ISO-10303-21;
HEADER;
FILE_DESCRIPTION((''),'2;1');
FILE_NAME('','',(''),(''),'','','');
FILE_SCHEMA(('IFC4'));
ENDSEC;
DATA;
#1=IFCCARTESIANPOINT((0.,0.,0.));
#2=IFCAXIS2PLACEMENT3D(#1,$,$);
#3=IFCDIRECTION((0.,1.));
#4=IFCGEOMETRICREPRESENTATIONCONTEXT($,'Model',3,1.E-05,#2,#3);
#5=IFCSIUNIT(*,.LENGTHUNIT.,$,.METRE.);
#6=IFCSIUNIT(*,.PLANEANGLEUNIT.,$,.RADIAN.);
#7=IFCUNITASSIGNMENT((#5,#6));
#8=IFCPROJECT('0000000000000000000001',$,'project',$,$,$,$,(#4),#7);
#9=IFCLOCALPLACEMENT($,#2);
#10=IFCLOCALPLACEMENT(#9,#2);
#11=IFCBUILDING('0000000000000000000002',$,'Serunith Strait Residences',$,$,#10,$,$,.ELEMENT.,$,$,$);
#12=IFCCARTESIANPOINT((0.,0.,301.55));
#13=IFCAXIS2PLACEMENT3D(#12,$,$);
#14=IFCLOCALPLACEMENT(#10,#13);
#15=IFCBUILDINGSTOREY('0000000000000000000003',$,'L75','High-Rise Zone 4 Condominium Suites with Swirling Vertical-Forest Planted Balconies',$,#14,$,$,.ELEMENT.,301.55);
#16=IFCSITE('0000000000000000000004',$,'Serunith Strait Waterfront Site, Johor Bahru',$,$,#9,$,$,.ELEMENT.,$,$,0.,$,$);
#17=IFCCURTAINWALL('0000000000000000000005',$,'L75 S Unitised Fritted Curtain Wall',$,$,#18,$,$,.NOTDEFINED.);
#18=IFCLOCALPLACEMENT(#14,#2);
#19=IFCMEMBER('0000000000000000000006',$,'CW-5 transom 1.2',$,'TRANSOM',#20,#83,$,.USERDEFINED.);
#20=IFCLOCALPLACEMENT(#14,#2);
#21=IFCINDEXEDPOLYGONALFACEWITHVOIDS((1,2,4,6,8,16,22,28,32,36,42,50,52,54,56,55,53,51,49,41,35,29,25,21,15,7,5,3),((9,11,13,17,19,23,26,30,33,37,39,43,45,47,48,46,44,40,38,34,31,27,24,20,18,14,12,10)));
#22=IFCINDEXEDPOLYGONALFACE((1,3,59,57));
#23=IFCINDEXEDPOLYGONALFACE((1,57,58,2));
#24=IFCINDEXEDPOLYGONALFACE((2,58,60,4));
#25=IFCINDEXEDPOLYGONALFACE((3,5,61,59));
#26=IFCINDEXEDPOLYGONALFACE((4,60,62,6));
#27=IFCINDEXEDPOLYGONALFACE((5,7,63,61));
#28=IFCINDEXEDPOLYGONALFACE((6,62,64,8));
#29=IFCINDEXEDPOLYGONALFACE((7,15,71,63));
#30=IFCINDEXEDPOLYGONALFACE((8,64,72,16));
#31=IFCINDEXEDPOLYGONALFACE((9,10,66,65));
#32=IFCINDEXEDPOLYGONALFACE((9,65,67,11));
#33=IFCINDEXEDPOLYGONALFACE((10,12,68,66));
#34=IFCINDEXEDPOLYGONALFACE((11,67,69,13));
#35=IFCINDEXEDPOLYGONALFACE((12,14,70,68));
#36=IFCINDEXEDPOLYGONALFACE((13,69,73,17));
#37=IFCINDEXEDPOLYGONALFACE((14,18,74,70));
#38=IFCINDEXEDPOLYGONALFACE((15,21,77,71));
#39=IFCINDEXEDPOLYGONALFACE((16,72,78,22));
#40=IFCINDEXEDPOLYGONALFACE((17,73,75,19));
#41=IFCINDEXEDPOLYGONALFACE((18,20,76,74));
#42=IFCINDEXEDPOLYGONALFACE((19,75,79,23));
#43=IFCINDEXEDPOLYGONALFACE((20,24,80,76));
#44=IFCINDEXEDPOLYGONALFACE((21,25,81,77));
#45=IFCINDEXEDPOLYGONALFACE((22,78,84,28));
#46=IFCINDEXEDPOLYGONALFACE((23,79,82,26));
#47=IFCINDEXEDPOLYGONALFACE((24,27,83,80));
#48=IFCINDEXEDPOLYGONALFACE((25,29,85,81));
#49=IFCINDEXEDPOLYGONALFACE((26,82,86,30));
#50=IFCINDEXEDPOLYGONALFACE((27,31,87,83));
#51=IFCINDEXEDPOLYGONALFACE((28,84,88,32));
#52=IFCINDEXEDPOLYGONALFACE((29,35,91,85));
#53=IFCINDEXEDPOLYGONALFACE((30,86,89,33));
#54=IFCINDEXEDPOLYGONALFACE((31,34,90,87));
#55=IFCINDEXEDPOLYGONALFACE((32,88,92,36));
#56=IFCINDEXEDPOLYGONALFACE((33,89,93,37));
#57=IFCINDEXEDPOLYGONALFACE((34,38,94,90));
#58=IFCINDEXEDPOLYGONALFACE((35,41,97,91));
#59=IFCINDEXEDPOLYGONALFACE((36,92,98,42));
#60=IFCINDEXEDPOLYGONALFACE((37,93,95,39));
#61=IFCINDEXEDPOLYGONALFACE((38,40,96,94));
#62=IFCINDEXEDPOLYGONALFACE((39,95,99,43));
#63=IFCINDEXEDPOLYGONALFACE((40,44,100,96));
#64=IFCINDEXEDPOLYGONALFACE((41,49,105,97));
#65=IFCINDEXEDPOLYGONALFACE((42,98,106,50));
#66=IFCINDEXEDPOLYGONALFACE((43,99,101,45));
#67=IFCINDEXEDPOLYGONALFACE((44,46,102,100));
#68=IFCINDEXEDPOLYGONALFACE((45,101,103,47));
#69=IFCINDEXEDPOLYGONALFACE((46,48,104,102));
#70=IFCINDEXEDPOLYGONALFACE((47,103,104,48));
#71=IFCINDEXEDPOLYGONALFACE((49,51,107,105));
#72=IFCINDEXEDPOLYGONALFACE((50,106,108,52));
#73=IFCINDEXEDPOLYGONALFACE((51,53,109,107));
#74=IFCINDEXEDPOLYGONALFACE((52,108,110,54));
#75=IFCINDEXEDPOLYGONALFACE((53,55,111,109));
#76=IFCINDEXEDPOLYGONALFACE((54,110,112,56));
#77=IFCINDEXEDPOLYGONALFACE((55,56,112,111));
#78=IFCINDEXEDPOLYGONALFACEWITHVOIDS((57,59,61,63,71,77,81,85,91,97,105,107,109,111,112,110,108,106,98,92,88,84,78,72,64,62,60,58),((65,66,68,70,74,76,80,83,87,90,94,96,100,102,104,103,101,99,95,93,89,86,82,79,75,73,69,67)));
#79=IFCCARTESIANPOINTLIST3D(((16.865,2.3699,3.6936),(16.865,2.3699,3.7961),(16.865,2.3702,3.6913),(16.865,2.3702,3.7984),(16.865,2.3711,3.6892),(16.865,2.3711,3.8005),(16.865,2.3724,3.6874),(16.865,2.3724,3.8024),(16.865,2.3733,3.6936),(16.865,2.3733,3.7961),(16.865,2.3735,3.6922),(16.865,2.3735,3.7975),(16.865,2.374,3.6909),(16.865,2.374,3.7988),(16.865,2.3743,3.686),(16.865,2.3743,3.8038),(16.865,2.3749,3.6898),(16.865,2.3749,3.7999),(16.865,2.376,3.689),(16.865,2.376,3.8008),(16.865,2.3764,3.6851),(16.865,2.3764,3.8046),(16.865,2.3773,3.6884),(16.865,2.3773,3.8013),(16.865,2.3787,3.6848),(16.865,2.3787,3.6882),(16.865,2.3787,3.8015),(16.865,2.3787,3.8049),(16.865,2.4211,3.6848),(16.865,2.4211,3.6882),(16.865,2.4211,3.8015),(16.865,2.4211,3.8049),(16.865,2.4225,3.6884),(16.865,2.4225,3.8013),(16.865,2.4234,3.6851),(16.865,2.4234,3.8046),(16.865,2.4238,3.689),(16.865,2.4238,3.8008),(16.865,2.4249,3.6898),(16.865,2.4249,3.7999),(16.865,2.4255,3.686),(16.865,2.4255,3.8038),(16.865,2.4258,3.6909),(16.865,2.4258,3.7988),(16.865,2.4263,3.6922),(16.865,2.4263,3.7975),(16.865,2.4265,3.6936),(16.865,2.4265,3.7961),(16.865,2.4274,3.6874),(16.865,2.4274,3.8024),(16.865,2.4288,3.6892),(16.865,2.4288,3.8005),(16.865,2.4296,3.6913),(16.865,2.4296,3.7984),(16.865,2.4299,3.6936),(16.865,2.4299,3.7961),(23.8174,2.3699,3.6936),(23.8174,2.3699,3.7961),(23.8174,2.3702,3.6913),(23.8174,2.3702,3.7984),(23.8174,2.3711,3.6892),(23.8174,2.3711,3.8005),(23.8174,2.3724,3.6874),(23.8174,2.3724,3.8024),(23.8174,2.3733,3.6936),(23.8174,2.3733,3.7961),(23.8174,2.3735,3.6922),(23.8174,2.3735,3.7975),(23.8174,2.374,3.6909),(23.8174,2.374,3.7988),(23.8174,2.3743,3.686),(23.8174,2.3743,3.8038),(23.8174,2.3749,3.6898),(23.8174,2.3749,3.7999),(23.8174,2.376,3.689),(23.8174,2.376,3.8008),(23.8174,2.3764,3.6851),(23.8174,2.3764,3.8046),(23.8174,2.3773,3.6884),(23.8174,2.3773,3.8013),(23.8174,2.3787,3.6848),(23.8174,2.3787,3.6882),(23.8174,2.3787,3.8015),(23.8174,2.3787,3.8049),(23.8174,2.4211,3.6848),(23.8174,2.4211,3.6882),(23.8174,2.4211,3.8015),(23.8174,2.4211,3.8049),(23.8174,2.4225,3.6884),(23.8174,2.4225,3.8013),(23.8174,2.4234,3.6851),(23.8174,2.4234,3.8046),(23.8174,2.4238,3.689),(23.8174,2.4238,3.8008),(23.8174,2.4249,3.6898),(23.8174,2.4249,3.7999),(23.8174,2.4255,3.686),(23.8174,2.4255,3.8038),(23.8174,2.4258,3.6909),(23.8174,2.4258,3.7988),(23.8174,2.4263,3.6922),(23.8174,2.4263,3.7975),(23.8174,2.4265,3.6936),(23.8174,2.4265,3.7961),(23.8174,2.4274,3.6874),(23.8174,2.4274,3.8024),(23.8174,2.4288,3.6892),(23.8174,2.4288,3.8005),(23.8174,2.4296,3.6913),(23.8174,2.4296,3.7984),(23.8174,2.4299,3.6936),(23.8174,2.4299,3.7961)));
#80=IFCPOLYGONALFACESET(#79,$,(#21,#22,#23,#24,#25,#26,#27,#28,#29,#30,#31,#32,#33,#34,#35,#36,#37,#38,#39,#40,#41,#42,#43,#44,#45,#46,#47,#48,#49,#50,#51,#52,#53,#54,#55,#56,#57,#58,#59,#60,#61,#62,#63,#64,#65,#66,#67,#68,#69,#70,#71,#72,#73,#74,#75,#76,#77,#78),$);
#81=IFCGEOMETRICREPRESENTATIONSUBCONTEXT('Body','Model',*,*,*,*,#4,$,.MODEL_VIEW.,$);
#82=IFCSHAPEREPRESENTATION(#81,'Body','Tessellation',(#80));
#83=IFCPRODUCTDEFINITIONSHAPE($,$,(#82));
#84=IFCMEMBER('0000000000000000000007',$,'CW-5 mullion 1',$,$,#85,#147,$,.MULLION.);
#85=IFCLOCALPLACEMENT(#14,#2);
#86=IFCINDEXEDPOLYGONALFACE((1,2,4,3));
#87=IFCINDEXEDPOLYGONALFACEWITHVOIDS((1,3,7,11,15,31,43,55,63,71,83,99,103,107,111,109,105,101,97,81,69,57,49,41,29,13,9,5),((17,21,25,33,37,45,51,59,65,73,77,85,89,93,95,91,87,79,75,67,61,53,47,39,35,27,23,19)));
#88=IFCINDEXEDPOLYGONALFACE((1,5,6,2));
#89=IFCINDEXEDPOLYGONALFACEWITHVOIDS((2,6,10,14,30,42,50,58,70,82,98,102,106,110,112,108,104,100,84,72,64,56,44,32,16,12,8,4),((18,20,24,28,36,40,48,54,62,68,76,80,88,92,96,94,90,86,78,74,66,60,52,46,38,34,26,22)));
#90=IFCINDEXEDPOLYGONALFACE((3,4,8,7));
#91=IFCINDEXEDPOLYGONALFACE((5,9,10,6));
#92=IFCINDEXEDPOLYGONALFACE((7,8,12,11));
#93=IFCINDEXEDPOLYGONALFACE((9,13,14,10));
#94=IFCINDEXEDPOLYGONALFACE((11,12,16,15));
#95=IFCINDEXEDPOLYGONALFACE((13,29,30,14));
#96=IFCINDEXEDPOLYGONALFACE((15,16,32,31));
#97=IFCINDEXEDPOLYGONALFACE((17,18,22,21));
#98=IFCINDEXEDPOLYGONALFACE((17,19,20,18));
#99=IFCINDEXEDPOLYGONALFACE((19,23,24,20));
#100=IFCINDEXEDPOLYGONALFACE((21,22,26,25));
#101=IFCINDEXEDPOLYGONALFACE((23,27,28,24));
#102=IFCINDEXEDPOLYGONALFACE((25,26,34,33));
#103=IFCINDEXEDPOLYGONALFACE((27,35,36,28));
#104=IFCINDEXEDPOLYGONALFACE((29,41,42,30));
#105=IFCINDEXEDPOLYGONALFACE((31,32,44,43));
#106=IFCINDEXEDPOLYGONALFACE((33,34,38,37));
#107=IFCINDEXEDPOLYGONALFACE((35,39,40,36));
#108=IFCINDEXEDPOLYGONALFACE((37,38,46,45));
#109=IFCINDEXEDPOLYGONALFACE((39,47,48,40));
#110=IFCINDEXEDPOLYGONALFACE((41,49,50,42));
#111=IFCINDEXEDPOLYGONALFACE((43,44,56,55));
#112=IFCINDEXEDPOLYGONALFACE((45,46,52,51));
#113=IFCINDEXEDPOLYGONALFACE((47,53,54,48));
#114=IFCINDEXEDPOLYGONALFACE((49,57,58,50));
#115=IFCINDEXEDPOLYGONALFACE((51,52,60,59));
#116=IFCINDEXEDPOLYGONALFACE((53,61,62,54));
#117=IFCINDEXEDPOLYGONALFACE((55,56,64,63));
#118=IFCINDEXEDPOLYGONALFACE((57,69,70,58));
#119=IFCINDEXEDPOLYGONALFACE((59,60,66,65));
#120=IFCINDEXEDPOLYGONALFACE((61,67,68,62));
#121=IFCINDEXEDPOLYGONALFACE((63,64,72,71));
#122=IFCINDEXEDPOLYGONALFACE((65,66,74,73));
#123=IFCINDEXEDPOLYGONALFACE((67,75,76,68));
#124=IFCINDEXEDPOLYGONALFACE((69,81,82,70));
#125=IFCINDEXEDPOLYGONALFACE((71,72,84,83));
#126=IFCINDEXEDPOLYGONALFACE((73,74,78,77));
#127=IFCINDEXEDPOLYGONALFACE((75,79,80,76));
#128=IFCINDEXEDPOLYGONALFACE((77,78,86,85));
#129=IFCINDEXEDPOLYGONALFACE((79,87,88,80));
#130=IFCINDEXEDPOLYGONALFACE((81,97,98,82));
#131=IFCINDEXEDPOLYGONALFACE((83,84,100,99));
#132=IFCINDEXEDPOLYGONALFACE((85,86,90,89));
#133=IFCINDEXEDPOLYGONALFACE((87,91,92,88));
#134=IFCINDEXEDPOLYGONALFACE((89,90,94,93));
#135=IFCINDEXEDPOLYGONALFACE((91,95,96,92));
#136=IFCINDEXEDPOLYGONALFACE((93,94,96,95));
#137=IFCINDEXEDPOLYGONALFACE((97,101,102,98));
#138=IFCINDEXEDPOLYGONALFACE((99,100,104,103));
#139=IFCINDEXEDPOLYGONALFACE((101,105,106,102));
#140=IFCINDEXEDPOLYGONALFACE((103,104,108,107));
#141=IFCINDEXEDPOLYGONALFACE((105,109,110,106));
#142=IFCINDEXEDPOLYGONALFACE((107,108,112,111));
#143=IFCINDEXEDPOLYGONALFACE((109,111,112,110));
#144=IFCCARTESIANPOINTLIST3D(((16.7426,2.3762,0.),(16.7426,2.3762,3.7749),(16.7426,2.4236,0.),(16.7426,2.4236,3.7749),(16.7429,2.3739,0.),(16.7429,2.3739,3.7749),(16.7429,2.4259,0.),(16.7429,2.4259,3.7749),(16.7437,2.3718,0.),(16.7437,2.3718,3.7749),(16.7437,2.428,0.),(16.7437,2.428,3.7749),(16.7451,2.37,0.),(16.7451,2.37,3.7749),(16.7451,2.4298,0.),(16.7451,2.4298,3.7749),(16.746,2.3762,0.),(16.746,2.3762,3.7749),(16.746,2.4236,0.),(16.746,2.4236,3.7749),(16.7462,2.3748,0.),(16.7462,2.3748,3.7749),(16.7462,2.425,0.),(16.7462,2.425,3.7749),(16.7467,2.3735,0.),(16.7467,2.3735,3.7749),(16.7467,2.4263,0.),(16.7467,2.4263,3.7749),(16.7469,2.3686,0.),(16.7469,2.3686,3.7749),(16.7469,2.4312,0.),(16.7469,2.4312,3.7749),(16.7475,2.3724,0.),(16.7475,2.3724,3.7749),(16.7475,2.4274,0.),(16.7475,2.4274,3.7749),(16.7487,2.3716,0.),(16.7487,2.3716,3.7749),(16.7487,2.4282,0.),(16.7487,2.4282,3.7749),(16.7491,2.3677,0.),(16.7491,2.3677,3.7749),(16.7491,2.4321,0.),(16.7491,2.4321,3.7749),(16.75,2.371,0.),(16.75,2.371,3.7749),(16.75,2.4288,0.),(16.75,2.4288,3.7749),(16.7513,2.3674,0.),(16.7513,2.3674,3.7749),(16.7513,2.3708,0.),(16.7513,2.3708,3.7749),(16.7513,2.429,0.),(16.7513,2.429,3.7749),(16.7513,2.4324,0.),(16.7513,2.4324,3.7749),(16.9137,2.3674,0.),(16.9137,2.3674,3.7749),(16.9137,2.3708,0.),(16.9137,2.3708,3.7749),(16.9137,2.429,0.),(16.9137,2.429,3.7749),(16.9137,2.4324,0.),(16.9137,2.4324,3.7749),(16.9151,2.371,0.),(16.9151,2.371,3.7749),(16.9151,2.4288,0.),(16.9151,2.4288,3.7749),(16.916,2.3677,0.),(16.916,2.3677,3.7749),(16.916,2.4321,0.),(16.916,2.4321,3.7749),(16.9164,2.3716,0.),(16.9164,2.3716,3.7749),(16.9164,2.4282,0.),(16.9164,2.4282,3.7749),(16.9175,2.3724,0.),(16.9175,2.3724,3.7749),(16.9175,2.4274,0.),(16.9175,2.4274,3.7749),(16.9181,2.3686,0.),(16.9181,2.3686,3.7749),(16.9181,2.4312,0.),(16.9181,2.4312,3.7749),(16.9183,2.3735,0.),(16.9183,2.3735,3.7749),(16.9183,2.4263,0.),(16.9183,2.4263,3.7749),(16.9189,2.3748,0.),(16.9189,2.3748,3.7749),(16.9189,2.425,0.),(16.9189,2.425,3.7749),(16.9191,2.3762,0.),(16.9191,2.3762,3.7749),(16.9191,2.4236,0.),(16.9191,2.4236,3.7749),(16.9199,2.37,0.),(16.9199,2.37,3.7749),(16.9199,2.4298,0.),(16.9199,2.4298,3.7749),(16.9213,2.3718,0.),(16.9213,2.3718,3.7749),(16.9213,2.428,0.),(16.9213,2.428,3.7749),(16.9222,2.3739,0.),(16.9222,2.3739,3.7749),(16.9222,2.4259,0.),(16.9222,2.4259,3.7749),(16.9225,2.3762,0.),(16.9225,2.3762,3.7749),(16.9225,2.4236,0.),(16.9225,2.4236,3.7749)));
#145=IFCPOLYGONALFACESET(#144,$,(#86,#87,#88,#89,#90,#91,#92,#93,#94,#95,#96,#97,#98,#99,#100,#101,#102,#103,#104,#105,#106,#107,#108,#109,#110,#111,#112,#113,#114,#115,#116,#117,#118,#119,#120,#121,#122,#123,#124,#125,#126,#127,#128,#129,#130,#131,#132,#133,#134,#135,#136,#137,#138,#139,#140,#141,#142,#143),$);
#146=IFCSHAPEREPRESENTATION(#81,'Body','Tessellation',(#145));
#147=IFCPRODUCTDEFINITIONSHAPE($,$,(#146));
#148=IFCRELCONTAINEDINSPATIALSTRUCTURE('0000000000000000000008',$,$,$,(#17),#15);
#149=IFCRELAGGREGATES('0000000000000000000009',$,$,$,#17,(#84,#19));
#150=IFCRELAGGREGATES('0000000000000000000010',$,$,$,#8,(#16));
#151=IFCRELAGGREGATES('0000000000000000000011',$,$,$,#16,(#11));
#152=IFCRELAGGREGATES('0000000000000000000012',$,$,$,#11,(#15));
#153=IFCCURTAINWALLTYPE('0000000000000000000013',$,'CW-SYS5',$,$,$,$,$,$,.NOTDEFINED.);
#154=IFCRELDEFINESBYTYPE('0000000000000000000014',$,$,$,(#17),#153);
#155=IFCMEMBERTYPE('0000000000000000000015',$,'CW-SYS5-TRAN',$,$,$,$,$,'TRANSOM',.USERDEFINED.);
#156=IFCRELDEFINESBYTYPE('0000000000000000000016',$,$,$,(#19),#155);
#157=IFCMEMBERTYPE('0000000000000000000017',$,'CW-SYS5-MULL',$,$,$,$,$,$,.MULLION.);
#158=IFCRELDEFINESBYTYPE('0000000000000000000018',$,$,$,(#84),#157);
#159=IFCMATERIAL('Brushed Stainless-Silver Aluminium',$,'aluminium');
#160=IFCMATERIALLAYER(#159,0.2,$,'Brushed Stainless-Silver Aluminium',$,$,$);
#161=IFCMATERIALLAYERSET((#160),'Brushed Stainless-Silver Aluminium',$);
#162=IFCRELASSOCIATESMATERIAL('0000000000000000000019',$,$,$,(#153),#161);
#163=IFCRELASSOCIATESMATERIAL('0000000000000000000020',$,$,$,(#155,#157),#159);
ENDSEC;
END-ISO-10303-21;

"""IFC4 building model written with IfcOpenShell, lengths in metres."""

from ifc_helpers import new_model, si_unit, direction, frame, origin, origin_2d, place, context, subcontext, project, spatial, hollow_rectangle, extrude, source, transform, mapped, material, layer, layer_set, material_profile, profile_set, type_object, element, aggregate, save


model = new_model("IFC4")

# Units and contexts
model_context = context("Model", 3, precision=1e-05, world=origin(), true_north=direction((0.0, 1.0)))
body_context = subcontext(model_context, "Body", "Model", "MODEL_VIEW")
ifc_project = project(units=[si_unit("LENGTHUNIT", "METRE"), si_unit("PLANEANGLEUNIT", "RADIAN")], contexts=[model_context])

# Site, building, storey
site_placement = place(None, origin())
site = spatial("IfcSite", under=ifc_project, at=site_placement, Name="Serunith Strait Waterfront Site, Johor Bahru", CompositionType="ELEMENT", RefElevation=0.0)
building_placement = place(site_placement, origin())
building = spatial("IfcBuilding", under=site, at=building_placement, Name="Serunith Strait Residences", CompositionType="ELEMENT")
storey_placement = place(building_placement, frame((0.0, 0.0, 301.55)))
storey = spatial("IfcBuildingStorey", under=building, at=storey_placement, Name="L75", Description="High-Rise Zone 4 Condominium Suites with Swirling Vertical-Forest Planted Balconies", CompositionType="ELEMENT", Elevation=301.55)

# Curtain wall, members
ifc_material_1 = material(Name="Brushed Stainless-Silver Aluminium", Category="aluminium")
ifc_layer_1 = layer(ifc_material_1, 0.2, Name="Brushed Stainless-Silver Aluminium")
ifc_layer_set_1 = layer_set([ifc_layer_1], Name="Brushed Stainless-Silver Aluminium")
curtain_wall_type = type_object("IfcCurtainWallType", Name="CW-SYS5", PredefinedType="NOTDEFINED", material=ifc_layer_set_1)
curtain_wall_1_placement = place(storey_placement, origin())
curtain_wall_1 = element("IfcCurtainWall", 1, at=curtain_wall_1_placement, inside=storey, type_object=curtain_wall_type, Name="L75 S Unitised Fritted Curtain Wall", PredefinedType="NOTDEFINED")
ifc_material_profile_1 = material_profile(ifc_material_1, hollow_rectangle(XDim=0.0601, YDim=0.1201, WallThickness=0.0034, InnerFilletRadius=0.0054, OuterFilletRadius=0.0088, at=origin_2d()), Name="ALU 120x60x3.5")
ifc_profile_set_1 = profile_set([ifc_material_profile_1], Name="Brushed Stainless-Silver Aluminium")
member_type_1 = type_object("IfcMemberType", Name="CW-SYS5-TRAN", ElementType="TRANSOM", PredefinedType="USERDEFINED", material=ifc_profile_set_1)
shared_shape_1 = source(origin(), body_context, "Body", "SweptSolid", [
    extrude(hollow_rectangle(XDim=0.0601, YDim=0.1201, WallThickness=0.0034, InnerFilletRadius=0.0054, OuterFilletRadius=0.0088, at=origin_2d()), origin(), (0.0, 0.0, 1.0), 6.9524),
])
member_1_placement = place(storey_placement, frame((16.865, 2.3999, 3.7449), z_axis=(1.0, 0.0, 0.0), x_axis=(0.0, 1.0, 0.0)))
member_1 = element("IfcMember", 2, at=member_1_placement, type_object=member_type_1, Name="CW-5 transom 1.2", ObjectType="TRANSOM", PredefinedType="USERDEFINED", context=body_context, shape_type="MappedRepresentation", body=[
    mapped(shared_shape_1, transform((0.0, 0.0, 0.0), scale=1.0)),
])
ifc_material_profile_2 = material_profile(ifc_material_1, hollow_rectangle(XDim=0.0649, YDim=0.1799, WallThickness=0.0034, InnerFilletRadius=0.0054, OuterFilletRadius=0.0088, at=origin_2d()), Name="ALU 180x65x3.5")
ifc_profile_set_2 = profile_set([ifc_material_profile_2], Name="Brushed Stainless-Silver Aluminium")
member_type_2 = type_object("IfcMemberType", Name="CW-SYS5-MULL", PredefinedType="MULLION", material=ifc_profile_set_2)
shared_shape_2 = source(origin(), body_context, "Body", "SweptSolid", [
    extrude(hollow_rectangle(XDim=0.0649, YDim=0.1799, WallThickness=0.0034, InnerFilletRadius=0.0054, OuterFilletRadius=0.0088, at=origin_2d()), origin(), (0.0, 0.0, 1.0), 3.7749),
])
member_2_placement = place(storey_placement, frame((16.8325, 2.3999, 0.0), z_axis=(0.0, 0.0, 1.0), x_axis=(0.0, 1.0, 0.0)))
member_2 = element("IfcMember", 3, at=member_2_placement, type_object=member_type_2, Name="CW-5 mullion 1", PredefinedType="MULLION", context=body_context, shape_type="MappedRepresentation", body=[
    mapped(shared_shape_2, transform((0.0, 0.0, 0.0), scale=1.0)),
])
aggregate(curtain_wall_1, [member_2, member_1])

save(model, "model.ifc")
